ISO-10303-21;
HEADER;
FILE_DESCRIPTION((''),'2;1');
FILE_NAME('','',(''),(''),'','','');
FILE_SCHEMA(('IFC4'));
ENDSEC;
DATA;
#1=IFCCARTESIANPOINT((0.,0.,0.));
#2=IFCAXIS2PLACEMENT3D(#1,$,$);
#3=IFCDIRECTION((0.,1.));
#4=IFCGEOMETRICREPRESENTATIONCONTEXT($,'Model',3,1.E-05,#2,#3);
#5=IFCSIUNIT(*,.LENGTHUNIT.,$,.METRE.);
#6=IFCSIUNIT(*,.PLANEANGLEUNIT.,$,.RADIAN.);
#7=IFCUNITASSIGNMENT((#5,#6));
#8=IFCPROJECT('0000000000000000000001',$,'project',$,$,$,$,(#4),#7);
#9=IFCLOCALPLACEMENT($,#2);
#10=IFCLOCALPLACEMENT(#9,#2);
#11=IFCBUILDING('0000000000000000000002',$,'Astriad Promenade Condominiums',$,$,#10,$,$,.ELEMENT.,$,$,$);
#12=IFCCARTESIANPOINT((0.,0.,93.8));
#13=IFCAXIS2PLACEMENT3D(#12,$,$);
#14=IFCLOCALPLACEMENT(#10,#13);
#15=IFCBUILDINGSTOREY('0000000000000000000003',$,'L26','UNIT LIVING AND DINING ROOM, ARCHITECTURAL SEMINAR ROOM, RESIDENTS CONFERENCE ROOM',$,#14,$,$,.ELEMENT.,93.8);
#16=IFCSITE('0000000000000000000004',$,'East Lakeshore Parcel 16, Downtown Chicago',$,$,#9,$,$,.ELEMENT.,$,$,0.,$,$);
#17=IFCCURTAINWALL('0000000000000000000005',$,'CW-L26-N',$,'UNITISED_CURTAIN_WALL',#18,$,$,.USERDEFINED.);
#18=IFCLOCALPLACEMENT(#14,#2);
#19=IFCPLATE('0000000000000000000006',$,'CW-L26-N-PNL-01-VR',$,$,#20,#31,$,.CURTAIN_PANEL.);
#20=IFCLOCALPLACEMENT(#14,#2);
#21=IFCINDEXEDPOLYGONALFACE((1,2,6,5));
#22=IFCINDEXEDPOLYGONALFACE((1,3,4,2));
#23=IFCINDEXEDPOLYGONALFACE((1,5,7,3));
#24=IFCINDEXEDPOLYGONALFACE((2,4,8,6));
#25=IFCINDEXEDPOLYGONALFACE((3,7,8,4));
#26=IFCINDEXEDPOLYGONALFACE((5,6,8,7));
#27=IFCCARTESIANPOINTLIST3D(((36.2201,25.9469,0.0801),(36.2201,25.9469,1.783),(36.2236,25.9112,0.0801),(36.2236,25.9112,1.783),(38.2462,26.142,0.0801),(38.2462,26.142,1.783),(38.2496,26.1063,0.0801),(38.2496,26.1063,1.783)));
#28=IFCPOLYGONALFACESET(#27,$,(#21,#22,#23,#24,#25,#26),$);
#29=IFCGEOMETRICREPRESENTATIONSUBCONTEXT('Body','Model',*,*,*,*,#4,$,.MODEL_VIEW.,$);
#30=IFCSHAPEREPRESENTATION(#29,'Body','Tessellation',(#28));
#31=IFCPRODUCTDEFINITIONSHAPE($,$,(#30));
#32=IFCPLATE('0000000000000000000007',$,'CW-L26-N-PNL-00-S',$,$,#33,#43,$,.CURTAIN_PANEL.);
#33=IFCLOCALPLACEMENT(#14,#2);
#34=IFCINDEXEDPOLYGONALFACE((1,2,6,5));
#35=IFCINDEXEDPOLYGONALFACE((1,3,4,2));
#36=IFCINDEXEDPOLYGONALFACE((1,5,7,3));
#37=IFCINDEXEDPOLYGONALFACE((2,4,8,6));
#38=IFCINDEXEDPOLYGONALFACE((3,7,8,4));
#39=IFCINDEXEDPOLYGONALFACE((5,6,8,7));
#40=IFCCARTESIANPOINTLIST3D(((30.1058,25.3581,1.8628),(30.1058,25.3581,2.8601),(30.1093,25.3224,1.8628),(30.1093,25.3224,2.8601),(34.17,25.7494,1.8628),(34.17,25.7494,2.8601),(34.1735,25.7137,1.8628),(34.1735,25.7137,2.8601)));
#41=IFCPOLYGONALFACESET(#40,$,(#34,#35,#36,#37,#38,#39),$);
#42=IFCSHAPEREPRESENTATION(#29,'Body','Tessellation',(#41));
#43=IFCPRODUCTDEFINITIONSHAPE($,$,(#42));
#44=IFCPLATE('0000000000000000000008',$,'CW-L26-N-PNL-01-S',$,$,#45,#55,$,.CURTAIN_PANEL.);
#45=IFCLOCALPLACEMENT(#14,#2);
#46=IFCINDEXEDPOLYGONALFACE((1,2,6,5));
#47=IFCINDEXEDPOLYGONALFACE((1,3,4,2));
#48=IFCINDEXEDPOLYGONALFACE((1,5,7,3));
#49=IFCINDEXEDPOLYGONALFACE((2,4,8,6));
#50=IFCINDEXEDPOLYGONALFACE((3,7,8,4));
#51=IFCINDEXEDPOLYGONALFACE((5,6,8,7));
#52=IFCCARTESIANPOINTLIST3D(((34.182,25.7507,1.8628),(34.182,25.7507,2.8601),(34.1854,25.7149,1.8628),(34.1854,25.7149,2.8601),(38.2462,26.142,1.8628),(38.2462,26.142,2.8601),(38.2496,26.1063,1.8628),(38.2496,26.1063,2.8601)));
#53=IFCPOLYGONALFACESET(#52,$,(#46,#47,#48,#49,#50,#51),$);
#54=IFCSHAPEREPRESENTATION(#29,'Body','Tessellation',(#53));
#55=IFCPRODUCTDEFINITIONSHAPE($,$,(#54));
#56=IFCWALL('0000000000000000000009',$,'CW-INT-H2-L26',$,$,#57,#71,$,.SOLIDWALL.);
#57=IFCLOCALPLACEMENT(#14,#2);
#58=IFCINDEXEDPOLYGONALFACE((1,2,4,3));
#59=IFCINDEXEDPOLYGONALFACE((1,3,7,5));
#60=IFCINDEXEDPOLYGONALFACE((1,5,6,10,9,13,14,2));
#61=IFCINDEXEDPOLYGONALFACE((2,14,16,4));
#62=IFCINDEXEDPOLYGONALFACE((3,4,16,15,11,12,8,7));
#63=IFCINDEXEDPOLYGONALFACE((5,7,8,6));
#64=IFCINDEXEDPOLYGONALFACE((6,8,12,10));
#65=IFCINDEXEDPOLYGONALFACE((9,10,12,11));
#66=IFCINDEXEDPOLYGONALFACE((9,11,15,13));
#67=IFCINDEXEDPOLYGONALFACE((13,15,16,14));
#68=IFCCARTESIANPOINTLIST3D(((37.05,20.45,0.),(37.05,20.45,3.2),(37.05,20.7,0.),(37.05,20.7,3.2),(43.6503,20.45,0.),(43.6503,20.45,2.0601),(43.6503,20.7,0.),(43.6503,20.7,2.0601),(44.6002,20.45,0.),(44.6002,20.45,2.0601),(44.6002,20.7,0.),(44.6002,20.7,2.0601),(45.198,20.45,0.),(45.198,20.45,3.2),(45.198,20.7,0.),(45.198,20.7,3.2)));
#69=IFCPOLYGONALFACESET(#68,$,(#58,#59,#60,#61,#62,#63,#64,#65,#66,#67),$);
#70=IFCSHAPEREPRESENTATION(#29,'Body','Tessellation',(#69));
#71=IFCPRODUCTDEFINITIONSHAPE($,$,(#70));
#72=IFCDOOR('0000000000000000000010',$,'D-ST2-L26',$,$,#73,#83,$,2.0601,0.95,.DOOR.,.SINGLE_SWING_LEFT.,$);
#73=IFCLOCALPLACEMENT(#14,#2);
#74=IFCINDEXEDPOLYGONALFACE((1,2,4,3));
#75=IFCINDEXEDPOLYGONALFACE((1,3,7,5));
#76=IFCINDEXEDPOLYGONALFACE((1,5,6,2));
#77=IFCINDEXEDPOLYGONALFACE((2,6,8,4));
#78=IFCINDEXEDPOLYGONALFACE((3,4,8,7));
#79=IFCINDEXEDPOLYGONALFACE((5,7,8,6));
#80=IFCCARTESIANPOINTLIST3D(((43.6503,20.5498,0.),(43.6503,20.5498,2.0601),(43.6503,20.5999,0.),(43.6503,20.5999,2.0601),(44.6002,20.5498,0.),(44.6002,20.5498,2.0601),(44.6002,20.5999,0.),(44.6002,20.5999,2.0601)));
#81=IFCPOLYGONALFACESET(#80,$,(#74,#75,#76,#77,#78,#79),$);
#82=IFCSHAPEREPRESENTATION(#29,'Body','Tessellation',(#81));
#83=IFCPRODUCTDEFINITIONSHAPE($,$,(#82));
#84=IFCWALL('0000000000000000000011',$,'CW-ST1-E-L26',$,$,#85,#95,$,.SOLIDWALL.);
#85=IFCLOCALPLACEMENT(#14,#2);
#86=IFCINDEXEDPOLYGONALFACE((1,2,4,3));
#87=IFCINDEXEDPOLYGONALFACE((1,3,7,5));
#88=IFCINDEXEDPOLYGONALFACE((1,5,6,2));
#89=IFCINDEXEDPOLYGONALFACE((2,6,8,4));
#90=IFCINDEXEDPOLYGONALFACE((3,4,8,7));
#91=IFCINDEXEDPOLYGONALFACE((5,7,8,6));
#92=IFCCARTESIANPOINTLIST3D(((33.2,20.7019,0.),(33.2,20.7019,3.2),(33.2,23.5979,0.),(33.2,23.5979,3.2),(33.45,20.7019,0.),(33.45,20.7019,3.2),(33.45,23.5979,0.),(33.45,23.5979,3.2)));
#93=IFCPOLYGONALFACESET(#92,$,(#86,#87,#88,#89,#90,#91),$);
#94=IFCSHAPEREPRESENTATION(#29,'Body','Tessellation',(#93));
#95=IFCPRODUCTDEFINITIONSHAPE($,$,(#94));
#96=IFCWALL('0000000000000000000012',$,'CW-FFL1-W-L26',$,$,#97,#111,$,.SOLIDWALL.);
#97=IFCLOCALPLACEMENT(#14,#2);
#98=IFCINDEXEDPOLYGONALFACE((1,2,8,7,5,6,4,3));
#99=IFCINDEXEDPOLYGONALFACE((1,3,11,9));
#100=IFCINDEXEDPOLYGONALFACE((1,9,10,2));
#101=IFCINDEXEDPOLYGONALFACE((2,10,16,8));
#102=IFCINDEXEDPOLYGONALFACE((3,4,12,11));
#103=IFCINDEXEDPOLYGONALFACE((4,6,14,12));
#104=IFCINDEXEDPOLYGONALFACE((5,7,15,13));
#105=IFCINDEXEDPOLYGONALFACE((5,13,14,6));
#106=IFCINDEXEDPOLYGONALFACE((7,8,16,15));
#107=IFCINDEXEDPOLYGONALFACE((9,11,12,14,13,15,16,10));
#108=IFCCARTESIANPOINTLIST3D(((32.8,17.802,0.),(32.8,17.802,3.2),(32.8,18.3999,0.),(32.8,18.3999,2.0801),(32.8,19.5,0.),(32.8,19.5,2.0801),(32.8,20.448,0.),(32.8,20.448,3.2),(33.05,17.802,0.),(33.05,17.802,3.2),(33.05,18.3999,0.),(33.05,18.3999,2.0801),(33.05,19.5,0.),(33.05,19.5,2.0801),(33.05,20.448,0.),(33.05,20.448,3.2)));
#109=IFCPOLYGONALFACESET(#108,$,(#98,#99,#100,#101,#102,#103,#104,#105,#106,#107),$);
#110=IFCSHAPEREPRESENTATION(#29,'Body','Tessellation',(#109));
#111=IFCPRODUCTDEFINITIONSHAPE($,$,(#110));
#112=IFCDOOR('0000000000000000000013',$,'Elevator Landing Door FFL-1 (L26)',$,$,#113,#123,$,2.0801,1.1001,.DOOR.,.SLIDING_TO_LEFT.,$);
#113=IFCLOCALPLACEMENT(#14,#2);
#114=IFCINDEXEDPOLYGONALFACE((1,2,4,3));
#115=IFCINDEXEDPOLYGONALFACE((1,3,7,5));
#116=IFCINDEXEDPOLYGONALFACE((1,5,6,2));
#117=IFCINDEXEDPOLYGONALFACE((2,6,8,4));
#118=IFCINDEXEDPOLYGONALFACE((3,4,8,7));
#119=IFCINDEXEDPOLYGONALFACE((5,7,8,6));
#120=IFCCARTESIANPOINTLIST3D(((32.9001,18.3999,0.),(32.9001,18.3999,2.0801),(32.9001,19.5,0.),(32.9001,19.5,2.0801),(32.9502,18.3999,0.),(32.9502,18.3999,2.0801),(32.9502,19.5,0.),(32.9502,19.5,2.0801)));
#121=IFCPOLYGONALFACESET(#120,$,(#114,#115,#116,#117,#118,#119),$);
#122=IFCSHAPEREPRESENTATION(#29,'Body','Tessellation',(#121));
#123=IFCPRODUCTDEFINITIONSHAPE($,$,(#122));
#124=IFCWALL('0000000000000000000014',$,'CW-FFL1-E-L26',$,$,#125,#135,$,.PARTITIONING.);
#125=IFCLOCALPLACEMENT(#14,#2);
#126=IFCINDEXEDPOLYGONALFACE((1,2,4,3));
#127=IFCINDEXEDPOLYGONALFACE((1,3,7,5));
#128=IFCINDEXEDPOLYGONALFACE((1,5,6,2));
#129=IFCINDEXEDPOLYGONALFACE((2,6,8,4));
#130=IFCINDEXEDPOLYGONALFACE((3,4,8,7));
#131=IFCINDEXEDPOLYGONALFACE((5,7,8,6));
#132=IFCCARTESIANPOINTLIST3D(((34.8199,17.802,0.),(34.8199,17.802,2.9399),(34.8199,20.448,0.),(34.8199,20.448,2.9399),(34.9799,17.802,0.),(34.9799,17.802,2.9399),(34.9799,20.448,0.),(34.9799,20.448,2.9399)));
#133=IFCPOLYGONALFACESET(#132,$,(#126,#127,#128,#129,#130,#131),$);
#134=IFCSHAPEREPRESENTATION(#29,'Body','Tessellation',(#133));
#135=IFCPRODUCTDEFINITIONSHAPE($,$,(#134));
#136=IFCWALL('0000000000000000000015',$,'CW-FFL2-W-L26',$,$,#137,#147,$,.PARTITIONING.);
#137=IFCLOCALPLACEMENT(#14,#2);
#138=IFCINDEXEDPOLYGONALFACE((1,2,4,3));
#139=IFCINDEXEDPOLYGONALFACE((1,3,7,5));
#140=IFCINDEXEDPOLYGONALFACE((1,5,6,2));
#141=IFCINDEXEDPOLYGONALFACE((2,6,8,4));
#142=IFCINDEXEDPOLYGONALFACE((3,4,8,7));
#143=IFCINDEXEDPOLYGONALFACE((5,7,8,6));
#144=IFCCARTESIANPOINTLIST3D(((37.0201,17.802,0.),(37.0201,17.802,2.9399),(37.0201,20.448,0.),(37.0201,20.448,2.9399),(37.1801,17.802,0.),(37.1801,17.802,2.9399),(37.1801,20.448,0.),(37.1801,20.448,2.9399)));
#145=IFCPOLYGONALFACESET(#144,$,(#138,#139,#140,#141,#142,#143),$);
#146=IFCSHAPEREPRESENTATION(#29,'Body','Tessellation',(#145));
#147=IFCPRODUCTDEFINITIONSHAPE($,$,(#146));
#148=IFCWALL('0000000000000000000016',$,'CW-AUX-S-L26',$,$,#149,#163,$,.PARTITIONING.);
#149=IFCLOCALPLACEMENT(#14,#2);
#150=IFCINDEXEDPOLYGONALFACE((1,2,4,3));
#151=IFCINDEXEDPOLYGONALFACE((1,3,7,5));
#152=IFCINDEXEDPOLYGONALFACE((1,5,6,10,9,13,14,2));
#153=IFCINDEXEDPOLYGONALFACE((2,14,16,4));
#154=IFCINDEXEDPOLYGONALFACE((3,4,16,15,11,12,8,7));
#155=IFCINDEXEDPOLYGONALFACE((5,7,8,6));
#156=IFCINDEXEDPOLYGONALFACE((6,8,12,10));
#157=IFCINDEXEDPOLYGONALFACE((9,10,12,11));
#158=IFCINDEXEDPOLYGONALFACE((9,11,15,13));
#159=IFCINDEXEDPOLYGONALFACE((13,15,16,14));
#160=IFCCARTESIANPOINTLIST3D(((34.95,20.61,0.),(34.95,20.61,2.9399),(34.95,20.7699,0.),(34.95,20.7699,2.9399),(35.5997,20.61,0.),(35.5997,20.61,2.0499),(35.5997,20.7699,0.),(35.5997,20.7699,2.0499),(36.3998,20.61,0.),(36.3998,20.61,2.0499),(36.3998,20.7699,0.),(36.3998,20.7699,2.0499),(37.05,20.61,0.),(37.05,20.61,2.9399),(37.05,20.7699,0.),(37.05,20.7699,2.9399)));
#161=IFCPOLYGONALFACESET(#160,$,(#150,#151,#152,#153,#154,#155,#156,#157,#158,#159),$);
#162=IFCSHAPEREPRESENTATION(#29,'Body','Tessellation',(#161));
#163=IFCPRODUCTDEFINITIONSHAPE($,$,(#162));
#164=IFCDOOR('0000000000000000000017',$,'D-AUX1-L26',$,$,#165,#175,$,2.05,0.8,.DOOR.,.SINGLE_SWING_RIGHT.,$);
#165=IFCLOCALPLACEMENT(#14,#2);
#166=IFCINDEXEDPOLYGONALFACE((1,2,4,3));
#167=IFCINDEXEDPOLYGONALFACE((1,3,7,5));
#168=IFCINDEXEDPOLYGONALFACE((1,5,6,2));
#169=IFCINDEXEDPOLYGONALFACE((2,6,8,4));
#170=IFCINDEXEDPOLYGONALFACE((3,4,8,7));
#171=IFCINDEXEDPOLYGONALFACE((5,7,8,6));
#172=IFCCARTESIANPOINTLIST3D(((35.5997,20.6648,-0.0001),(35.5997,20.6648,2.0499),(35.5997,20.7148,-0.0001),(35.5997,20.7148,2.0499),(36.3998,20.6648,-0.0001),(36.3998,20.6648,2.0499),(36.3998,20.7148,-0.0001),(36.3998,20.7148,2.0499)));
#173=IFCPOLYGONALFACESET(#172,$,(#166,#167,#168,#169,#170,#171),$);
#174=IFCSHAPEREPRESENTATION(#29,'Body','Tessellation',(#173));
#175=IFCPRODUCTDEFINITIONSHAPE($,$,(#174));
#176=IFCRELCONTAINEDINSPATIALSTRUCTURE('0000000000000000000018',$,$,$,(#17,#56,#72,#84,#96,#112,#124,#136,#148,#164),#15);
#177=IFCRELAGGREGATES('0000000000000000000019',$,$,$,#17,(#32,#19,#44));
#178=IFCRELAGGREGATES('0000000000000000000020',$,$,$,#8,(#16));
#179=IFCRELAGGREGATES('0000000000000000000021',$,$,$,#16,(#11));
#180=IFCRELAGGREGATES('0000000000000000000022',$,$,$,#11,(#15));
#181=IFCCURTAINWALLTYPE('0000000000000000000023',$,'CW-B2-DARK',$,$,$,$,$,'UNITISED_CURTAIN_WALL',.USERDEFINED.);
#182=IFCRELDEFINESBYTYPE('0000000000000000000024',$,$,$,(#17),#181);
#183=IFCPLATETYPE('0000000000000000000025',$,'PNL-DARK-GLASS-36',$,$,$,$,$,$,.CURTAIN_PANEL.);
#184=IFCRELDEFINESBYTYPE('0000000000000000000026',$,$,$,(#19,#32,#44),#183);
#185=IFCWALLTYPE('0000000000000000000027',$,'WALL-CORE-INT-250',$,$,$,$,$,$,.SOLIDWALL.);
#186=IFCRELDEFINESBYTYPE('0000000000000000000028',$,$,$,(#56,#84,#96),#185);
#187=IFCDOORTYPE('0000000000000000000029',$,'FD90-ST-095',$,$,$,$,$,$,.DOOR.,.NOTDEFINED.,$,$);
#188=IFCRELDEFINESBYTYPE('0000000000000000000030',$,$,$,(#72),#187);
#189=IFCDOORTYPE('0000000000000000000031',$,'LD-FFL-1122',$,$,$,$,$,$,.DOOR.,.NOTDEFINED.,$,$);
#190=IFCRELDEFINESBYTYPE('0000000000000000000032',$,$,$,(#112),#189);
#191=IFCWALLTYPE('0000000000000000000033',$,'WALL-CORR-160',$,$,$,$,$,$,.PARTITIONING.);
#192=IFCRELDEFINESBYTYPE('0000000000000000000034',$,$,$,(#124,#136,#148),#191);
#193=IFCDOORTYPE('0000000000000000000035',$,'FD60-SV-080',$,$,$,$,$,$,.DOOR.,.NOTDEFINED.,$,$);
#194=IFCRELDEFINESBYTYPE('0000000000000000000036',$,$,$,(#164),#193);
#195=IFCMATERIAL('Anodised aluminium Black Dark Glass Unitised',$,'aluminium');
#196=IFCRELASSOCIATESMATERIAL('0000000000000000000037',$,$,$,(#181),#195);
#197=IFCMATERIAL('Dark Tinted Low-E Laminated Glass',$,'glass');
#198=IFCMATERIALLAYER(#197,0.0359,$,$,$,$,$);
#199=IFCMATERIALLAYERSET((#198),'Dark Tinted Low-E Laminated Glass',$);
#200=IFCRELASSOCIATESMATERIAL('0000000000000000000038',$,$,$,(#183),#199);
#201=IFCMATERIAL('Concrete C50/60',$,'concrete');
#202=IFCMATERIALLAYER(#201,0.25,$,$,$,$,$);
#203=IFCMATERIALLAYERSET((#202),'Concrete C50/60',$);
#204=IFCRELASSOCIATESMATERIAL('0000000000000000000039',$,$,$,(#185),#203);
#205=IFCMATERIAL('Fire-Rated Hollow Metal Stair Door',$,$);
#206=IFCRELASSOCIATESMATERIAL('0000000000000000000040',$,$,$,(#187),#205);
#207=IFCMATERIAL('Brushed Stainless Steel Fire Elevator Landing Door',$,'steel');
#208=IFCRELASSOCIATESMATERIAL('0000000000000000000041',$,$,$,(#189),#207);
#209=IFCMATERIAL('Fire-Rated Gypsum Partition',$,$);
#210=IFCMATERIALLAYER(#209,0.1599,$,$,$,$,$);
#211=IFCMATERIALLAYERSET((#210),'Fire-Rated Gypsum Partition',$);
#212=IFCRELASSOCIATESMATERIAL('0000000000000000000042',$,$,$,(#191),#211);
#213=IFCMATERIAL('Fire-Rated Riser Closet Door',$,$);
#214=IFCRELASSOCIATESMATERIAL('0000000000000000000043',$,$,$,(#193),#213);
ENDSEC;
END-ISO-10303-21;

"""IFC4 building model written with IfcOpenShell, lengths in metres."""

from ifc_helpers import new_model, si_unit, direction, frame, frame_2d, origin, origin_2d, place, context, subcontext, project, spatial, rectangle, extrude, source, transform, mapped, material, layer, layer_set, type_object, type_shapes, element, fill, aggregate, save


model = new_model("IFC4")

# Units and contexts
model_context = context("Model", 3, precision=1e-05, world=origin(), true_north=direction((0.0, 1.0)))
body_context = subcontext(model_context, "Body", "Model", "MODEL_VIEW")
ifc_project = project(units=[si_unit("LENGTHUNIT", "METRE"), si_unit("PLANEANGLEUNIT", "RADIAN")], contexts=[model_context])

# Site, building, storey
site_placement = place(None, origin())
site = spatial("IfcSite", under=ifc_project, at=site_placement, Name="East Lakeshore Parcel 16, Downtown Chicago", CompositionType="ELEMENT", RefElevation=0.0)
building_placement = place(site_placement, origin())
building = spatial("IfcBuilding", under=site, at=building_placement, Name="Astriad Promenade Condominiums", CompositionType="ELEMENT")
storey_placement = place(building_placement, frame((0.0, 0.0, 93.8)))
storey = spatial("IfcBuildingStorey", under=building, at=storey_placement, Name="L26", Description="UNIT LIVING AND DINING ROOM, ARCHITECTURAL SEMINAR ROOM, RESIDENTS CONFERENCE ROOM", CompositionType="ELEMENT", Elevation=93.8)

# Curtain wall, plates
ifc_material_1 = material(Name="Anodised aluminium Black Dark Glass Unitised", Category="aluminium")
curtain_wall_type = type_object("IfcCurtainWallType", Name="CW-B2-DARK", ElementType="UNITISED_CURTAIN_WALL", PredefinedType="USERDEFINED", material=ifc_material_1)
curtain_wall_placement = place(storey_placement, origin())
curtain_wall = element("IfcCurtainWall", 1, at=curtain_wall_placement, inside=storey, type_object=curtain_wall_type, Name="CW-L26-N", ObjectType="UNITISED_CURTAIN_WALL", PredefinedType="USERDEFINED")
ifc_material_2 = material(Name="Dark Tinted Low-E Laminated Glass", Category="glass")
ifc_layer_1 = layer(ifc_material_2, 0.0359)
ifc_layer_set_1 = layer_set([ifc_layer_1], Name="Dark Tinted Low-E Laminated Glass")
plate_type = type_object("IfcPlateType", Name="PNL-DARK-GLASS-36", PredefinedType="CURTAIN_PANEL", material=ifc_layer_set_1)
shared_shape_1 = source(origin(), body_context, "Body", "SweptSolid", [
    extrude(rectangle(XDim=2.0354, YDim=0.0359, at=origin_2d()), origin(), (0.0, 0.0, 1.0), 1.7029),
])
plate_1_placement = place(storey_placement, frame((37.2349, 26.0266, 0.0801), z_axis=(0.0, 0.0, 1.0), x_axis=(0.995396, 0.095846, 0.0)))
plate_1 = element("IfcPlate", 2, at=plate_1_placement, type_object=plate_type, Name="CW-L26-N-PNL-01-VR", PredefinedType="CURTAIN_PANEL", context=body_context, shape_type="MappedRepresentation", body=[
    mapped(shared_shape_1, transform((0.0, 0.0, 0.0), scale=1.0)),
])
shared_shape_2 = source(origin(), body_context, "Body", "SweptSolid", [
    extrude(rectangle(XDim=4.083, YDim=0.0359, at=origin_2d()), origin(), (0.0, 0.0, 1.0), 0.9973),
])
type_shapes(plate_type, [shared_shape_1, shared_shape_2])
plate_2_placement = place(storey_placement, frame((32.1396, 25.5359, 1.8628), z_axis=(0.0, 0.0, 1.0), x_axis=(0.995396, 0.095846, 0.0)))
plate_2 = element("IfcPlate", 3, at=plate_2_placement, type_object=plate_type, Name="CW-L26-N-PNL-00-S", PredefinedType="CURTAIN_PANEL", context=body_context, shape_type="MappedRepresentation", body=[
    mapped(shared_shape_2, transform((0.0, 0.0, 0.0), scale=1.0)),
])
plate_3_placement = place(storey_placement, frame((36.2158, 25.9285, 1.8628), z_axis=(0.0, 0.0, 1.0), x_axis=(0.995396, 0.095846, 0.0)))
plate_3 = element("IfcPlate", 4, at=plate_3_placement, type_object=plate_type, Name="CW-L26-N-PNL-01-S", PredefinedType="CURTAIN_PANEL", context=body_context, shape_type="MappedRepresentation", body=[
    mapped(shared_shape_2, transform((0.0, 0.0, 0.0), scale=1.0)),
])
aggregate(curtain_wall, [plate_2, plate_1, plate_3])

# Wall, opening, door
ifc_material_3 = material(Name="Concrete C50/60", Category="concrete")
ifc_layer_2 = layer(ifc_material_3, 0.25)
ifc_layer_set_2 = layer_set([ifc_layer_2], Name="Concrete C50/60")
wall_type_1 = type_object("IfcWallType", Name="WALL-CORE-INT-250", PredefinedType="SOLIDWALL", material=ifc_layer_set_2)
wall_1_placement = place(storey_placement, frame((37.05, 20.575, 0.0), z_axis=(0.0, 0.0, 1.0), x_axis=(1.0, 0.0, 0.0)))
wall_1 = element("IfcWall", 5, at=wall_1_placement, inside=storey, type_object=wall_type_1, Name="CW-INT-H2-L26", PredefinedType="SOLIDWALL", context=body_context, shape_type="SweptSolid", body=[
    extrude(rectangle(XDim=8.1479, YDim=0.25, at=frame_2d((4.074, 0.0))), origin(), (0.0, 0.0, 1.0), 3.2),
])
opening_1_placement = place(wall_1_placement, frame((6.6001, 0.0, 0.0)))
opening_1 = element("IfcOpeningElement", 6, at=opening_1_placement, cuts=wall_1, PredefinedType="OPENING", context=body_context, shape_type="SweptSolid", body=[
    extrude(rectangle(XDim=0.95, YDim=2.0601, at=frame_2d((0.4751, 1.03))), frame((0.0, 0.135, 0.0), z_axis=(0.0, -1.0, 0.0), x_axis=(1.0, 0.0, 0.0)), (0.0, 0.0, 1.0), 0.27),
])
ifc_material_4 = material(Name="Fire-Rated Hollow Metal Stair Door")
door_type_1 = type_object("IfcDoorType", Name="FD90-ST-095", OperationType="NOTDEFINED", PredefinedType="DOOR", material=ifc_material_4)
shared_shape_3 = source(origin(), body_context, "Body", "SweptSolid", [
    extrude(rectangle(XDim=0.95, YDim=2.0601, at=frame_2d((0.4751, 1.03))), frame((0.0, 0.0249, 0.0), z_axis=(0.0, -1.0, 0.0), x_axis=(1.0, 0.0, 0.0)), (0.0, 0.0, 1.0), 0.05),
])
type_shapes(door_type_1, [shared_shape_3])
door_1_placement = place(opening_1_placement, origin())
door_1 = element("IfcDoor", 7, at=door_1_placement, inside=storey, type_object=door_type_1, Name="D-ST2-L26", OperationType="SINGLE_SWING_LEFT", OverallHeight=2.0601, OverallWidth=0.95, PredefinedType="DOOR", context=body_context, shape_type="MappedRepresentation", body=[
    mapped(shared_shape_3, transform((0.0, 0.0, 0.0), scale=1.0)),
])
fill(opening_1, door_1)

# Wall
wall_2_placement = place(storey_placement, frame((33.325, 20.7019, 0.0), z_axis=(0.0, 0.0, 1.0), x_axis=(0.0, 1.0, 0.0)))
element("IfcWall", 8, at=wall_2_placement, inside=storey, type_object=wall_type_1, Name="CW-ST1-E-L26", PredefinedType="SOLIDWALL", context=body_context, shape_type="SweptSolid", body=[
    extrude(rectangle(XDim=2.896, YDim=0.25, at=frame_2d((1.448, 0.0))), origin(), (0.0, 0.0, 1.0), 3.2),
])

# Wall, opening, door
wall_3_placement = place(storey_placement, frame((32.925, 17.802, 0.0), z_axis=(0.0, 0.0, 1.0), x_axis=(0.0, 1.0, 0.0)))
wall_3 = element("IfcWall", 9, at=wall_3_placement, inside=storey, type_object=wall_type_1, Name="CW-FFL1-W-L26", PredefinedType="SOLIDWALL", context=body_context, shape_type="SweptSolid", body=[
    extrude(rectangle(XDim=2.646, YDim=0.25, at=frame_2d((1.323, 0.0))), origin(), (0.0, 0.0, 1.0), 3.2),
])
opening_2_placement = place(wall_3_placement, frame((0.5979, 0.0, 0.0)))
opening_2 = element("IfcOpeningElement", 10, at=opening_2_placement, cuts=wall_3, PredefinedType="OPENING", context=body_context, shape_type="SweptSolid", body=[
    extrude(rectangle(XDim=1.1001, YDim=2.0801, at=frame_2d((0.55, 1.04))), frame((0.0, 0.135, 0.0), z_axis=(0.0, -1.0, 0.0), x_axis=(1.0, 0.0, 0.0)), (0.0, 0.0, 1.0), 0.27),
])
ifc_material_5 = material(Name="Brushed Stainless Steel Fire Elevator Landing Door", Category="steel")
door_type_2 = type_object("IfcDoorType", Name="LD-FFL-1122", OperationType="NOTDEFINED", PredefinedType="DOOR", material=ifc_material_5)
shared_shape_4 = source(origin(), body_context, "Body", "SweptSolid", [
    extrude(rectangle(XDim=1.1001, YDim=2.0801, at=frame_2d((0.55, 1.04))), frame((0.0, 0.0249, 0.0), z_axis=(0.0, -1.0, 0.0), x_axis=(1.0, 0.0, 0.0)), (0.0, 0.0, 1.0), 0.05),
])
type_shapes(door_type_2, [shared_shape_4])
door_2_placement = place(opening_2_placement, origin())
door_2 = element("IfcDoor", 11, at=door_2_placement, inside=storey, type_object=door_type_2, Name="Elevator Landing Door FFL-1 (L26)", OperationType="SLIDING_TO_LEFT", OverallHeight=2.0801, OverallWidth=1.1001, PredefinedType="DOOR", context=body_context, shape_type="MappedRepresentation", body=[
    mapped(shared_shape_4, transform((0.0, 0.0, 0.0), scale=1.0)),
])
fill(opening_2, door_2)

# Walls
ifc_material_6 = material(Name="Fire-Rated Gypsum Partition")
ifc_layer_3 = layer(ifc_material_6, 0.1599)
ifc_layer_set_3 = layer_set([ifc_layer_3], Name="Fire-Rated Gypsum Partition")
wall_type_2 = type_object("IfcWallType", Name="WALL-CORR-160", PredefinedType="PARTITIONING", material=ifc_layer_set_3)
for number, where, z_axis, x_axis, name in (
    (12, (34.8999, 17.802, 0.0), (0.0, 0.0, 1.0), (0.0, 1.0, 0.0), "CW-FFL1-E-L26"),
    (13, (37.1001, 17.802, 0.0), (0.0, 0.0, 1.0), (0.0, 1.0, 0.0), "CW-FFL2-W-L26"),
):
    element("IfcWall", number, at=place(storey_placement, frame(where, z_axis=z_axis, x_axis=x_axis)), inside=storey, type_object=wall_type_2, Name=name, PredefinedType="PARTITIONING", context=body_context, shape_type="SweptSolid", body=[
        extrude(rectangle(XDim=2.646, YDim=0.1599, at=frame_2d((1.323, 0.0))), origin(), (0.0, 0.0, 1.0), 2.9399),
    ])

# Wall, opening, door
wall_4_placement = place(storey_placement, frame((34.95, 20.6899, 0.0), z_axis=(0.0, 0.0, 1.0), x_axis=(1.0, 0.0, 0.0)))
wall_4 = element("IfcWall", 14, at=wall_4_placement, inside=storey, type_object=wall_type_2, Name="CW-AUX-S-L26", PredefinedType="PARTITIONING", context=body_context, shape_type="SweptSolid", body=[
    extrude(rectangle(XDim=2.1001, YDim=0.1599, at=frame_2d((1.05, 0.0))), origin(), (0.0, 0.0, 1.0), 2.9399),
])
opening_3_placement = place(wall_4_placement, frame((0.6499, 0.0, 0.0)))
opening_3 = element("IfcOpeningElement", 15, at=opening_3_placement, cuts=wall_4, PredefinedType="OPENING", context=body_context, shape_type="SweptSolid", body=[
    extrude(rectangle(XDim=0.8, YDim=2.05, at=frame_2d((0.3999, 1.0249))), frame((0.0, 0.0898, 0.0), z_axis=(0.0, -1.0, 0.0), x_axis=(1.0, 0.0, 0.0)), (0.0, 0.0, 1.0), 0.1799),
])
ifc_material_7 = material(Name="Fire-Rated Riser Closet Door")
door_type_3 = type_object("IfcDoorType", Name="FD60-SV-080", OperationType="NOTDEFINED", PredefinedType="DOOR", material=ifc_material_7)
shared_shape_5 = source(origin(), body_context, "Body", "SweptSolid", [
    extrude(rectangle(XDim=0.8, YDim=2.05, at=frame_2d((0.3999, 1.0249))), frame((0.0, 0.0249, 0.0), z_axis=(0.0, -1.0, 0.0), x_axis=(1.0, 0.0, 0.0)), (0.0, 0.0, 1.0), 0.05),
])
type_shapes(door_type_3, [shared_shape_5])
door_3_placement = place(opening_3_placement, origin())
door_3 = element("IfcDoor", 16, at=door_3_placement, inside=storey, type_object=door_type_3, Name="D-AUX1-L26", OperationType="SINGLE_SWING_RIGHT", OverallHeight=2.05, OverallWidth=0.8, PredefinedType="DOOR", context=body_context, shape_type="MappedRepresentation", body=[
    mapped(shared_shape_5, transform((0.0, 0.0, 0.0), scale=1.0)),
])
fill(opening_3, door_3)

save(model, "model.ifc")
